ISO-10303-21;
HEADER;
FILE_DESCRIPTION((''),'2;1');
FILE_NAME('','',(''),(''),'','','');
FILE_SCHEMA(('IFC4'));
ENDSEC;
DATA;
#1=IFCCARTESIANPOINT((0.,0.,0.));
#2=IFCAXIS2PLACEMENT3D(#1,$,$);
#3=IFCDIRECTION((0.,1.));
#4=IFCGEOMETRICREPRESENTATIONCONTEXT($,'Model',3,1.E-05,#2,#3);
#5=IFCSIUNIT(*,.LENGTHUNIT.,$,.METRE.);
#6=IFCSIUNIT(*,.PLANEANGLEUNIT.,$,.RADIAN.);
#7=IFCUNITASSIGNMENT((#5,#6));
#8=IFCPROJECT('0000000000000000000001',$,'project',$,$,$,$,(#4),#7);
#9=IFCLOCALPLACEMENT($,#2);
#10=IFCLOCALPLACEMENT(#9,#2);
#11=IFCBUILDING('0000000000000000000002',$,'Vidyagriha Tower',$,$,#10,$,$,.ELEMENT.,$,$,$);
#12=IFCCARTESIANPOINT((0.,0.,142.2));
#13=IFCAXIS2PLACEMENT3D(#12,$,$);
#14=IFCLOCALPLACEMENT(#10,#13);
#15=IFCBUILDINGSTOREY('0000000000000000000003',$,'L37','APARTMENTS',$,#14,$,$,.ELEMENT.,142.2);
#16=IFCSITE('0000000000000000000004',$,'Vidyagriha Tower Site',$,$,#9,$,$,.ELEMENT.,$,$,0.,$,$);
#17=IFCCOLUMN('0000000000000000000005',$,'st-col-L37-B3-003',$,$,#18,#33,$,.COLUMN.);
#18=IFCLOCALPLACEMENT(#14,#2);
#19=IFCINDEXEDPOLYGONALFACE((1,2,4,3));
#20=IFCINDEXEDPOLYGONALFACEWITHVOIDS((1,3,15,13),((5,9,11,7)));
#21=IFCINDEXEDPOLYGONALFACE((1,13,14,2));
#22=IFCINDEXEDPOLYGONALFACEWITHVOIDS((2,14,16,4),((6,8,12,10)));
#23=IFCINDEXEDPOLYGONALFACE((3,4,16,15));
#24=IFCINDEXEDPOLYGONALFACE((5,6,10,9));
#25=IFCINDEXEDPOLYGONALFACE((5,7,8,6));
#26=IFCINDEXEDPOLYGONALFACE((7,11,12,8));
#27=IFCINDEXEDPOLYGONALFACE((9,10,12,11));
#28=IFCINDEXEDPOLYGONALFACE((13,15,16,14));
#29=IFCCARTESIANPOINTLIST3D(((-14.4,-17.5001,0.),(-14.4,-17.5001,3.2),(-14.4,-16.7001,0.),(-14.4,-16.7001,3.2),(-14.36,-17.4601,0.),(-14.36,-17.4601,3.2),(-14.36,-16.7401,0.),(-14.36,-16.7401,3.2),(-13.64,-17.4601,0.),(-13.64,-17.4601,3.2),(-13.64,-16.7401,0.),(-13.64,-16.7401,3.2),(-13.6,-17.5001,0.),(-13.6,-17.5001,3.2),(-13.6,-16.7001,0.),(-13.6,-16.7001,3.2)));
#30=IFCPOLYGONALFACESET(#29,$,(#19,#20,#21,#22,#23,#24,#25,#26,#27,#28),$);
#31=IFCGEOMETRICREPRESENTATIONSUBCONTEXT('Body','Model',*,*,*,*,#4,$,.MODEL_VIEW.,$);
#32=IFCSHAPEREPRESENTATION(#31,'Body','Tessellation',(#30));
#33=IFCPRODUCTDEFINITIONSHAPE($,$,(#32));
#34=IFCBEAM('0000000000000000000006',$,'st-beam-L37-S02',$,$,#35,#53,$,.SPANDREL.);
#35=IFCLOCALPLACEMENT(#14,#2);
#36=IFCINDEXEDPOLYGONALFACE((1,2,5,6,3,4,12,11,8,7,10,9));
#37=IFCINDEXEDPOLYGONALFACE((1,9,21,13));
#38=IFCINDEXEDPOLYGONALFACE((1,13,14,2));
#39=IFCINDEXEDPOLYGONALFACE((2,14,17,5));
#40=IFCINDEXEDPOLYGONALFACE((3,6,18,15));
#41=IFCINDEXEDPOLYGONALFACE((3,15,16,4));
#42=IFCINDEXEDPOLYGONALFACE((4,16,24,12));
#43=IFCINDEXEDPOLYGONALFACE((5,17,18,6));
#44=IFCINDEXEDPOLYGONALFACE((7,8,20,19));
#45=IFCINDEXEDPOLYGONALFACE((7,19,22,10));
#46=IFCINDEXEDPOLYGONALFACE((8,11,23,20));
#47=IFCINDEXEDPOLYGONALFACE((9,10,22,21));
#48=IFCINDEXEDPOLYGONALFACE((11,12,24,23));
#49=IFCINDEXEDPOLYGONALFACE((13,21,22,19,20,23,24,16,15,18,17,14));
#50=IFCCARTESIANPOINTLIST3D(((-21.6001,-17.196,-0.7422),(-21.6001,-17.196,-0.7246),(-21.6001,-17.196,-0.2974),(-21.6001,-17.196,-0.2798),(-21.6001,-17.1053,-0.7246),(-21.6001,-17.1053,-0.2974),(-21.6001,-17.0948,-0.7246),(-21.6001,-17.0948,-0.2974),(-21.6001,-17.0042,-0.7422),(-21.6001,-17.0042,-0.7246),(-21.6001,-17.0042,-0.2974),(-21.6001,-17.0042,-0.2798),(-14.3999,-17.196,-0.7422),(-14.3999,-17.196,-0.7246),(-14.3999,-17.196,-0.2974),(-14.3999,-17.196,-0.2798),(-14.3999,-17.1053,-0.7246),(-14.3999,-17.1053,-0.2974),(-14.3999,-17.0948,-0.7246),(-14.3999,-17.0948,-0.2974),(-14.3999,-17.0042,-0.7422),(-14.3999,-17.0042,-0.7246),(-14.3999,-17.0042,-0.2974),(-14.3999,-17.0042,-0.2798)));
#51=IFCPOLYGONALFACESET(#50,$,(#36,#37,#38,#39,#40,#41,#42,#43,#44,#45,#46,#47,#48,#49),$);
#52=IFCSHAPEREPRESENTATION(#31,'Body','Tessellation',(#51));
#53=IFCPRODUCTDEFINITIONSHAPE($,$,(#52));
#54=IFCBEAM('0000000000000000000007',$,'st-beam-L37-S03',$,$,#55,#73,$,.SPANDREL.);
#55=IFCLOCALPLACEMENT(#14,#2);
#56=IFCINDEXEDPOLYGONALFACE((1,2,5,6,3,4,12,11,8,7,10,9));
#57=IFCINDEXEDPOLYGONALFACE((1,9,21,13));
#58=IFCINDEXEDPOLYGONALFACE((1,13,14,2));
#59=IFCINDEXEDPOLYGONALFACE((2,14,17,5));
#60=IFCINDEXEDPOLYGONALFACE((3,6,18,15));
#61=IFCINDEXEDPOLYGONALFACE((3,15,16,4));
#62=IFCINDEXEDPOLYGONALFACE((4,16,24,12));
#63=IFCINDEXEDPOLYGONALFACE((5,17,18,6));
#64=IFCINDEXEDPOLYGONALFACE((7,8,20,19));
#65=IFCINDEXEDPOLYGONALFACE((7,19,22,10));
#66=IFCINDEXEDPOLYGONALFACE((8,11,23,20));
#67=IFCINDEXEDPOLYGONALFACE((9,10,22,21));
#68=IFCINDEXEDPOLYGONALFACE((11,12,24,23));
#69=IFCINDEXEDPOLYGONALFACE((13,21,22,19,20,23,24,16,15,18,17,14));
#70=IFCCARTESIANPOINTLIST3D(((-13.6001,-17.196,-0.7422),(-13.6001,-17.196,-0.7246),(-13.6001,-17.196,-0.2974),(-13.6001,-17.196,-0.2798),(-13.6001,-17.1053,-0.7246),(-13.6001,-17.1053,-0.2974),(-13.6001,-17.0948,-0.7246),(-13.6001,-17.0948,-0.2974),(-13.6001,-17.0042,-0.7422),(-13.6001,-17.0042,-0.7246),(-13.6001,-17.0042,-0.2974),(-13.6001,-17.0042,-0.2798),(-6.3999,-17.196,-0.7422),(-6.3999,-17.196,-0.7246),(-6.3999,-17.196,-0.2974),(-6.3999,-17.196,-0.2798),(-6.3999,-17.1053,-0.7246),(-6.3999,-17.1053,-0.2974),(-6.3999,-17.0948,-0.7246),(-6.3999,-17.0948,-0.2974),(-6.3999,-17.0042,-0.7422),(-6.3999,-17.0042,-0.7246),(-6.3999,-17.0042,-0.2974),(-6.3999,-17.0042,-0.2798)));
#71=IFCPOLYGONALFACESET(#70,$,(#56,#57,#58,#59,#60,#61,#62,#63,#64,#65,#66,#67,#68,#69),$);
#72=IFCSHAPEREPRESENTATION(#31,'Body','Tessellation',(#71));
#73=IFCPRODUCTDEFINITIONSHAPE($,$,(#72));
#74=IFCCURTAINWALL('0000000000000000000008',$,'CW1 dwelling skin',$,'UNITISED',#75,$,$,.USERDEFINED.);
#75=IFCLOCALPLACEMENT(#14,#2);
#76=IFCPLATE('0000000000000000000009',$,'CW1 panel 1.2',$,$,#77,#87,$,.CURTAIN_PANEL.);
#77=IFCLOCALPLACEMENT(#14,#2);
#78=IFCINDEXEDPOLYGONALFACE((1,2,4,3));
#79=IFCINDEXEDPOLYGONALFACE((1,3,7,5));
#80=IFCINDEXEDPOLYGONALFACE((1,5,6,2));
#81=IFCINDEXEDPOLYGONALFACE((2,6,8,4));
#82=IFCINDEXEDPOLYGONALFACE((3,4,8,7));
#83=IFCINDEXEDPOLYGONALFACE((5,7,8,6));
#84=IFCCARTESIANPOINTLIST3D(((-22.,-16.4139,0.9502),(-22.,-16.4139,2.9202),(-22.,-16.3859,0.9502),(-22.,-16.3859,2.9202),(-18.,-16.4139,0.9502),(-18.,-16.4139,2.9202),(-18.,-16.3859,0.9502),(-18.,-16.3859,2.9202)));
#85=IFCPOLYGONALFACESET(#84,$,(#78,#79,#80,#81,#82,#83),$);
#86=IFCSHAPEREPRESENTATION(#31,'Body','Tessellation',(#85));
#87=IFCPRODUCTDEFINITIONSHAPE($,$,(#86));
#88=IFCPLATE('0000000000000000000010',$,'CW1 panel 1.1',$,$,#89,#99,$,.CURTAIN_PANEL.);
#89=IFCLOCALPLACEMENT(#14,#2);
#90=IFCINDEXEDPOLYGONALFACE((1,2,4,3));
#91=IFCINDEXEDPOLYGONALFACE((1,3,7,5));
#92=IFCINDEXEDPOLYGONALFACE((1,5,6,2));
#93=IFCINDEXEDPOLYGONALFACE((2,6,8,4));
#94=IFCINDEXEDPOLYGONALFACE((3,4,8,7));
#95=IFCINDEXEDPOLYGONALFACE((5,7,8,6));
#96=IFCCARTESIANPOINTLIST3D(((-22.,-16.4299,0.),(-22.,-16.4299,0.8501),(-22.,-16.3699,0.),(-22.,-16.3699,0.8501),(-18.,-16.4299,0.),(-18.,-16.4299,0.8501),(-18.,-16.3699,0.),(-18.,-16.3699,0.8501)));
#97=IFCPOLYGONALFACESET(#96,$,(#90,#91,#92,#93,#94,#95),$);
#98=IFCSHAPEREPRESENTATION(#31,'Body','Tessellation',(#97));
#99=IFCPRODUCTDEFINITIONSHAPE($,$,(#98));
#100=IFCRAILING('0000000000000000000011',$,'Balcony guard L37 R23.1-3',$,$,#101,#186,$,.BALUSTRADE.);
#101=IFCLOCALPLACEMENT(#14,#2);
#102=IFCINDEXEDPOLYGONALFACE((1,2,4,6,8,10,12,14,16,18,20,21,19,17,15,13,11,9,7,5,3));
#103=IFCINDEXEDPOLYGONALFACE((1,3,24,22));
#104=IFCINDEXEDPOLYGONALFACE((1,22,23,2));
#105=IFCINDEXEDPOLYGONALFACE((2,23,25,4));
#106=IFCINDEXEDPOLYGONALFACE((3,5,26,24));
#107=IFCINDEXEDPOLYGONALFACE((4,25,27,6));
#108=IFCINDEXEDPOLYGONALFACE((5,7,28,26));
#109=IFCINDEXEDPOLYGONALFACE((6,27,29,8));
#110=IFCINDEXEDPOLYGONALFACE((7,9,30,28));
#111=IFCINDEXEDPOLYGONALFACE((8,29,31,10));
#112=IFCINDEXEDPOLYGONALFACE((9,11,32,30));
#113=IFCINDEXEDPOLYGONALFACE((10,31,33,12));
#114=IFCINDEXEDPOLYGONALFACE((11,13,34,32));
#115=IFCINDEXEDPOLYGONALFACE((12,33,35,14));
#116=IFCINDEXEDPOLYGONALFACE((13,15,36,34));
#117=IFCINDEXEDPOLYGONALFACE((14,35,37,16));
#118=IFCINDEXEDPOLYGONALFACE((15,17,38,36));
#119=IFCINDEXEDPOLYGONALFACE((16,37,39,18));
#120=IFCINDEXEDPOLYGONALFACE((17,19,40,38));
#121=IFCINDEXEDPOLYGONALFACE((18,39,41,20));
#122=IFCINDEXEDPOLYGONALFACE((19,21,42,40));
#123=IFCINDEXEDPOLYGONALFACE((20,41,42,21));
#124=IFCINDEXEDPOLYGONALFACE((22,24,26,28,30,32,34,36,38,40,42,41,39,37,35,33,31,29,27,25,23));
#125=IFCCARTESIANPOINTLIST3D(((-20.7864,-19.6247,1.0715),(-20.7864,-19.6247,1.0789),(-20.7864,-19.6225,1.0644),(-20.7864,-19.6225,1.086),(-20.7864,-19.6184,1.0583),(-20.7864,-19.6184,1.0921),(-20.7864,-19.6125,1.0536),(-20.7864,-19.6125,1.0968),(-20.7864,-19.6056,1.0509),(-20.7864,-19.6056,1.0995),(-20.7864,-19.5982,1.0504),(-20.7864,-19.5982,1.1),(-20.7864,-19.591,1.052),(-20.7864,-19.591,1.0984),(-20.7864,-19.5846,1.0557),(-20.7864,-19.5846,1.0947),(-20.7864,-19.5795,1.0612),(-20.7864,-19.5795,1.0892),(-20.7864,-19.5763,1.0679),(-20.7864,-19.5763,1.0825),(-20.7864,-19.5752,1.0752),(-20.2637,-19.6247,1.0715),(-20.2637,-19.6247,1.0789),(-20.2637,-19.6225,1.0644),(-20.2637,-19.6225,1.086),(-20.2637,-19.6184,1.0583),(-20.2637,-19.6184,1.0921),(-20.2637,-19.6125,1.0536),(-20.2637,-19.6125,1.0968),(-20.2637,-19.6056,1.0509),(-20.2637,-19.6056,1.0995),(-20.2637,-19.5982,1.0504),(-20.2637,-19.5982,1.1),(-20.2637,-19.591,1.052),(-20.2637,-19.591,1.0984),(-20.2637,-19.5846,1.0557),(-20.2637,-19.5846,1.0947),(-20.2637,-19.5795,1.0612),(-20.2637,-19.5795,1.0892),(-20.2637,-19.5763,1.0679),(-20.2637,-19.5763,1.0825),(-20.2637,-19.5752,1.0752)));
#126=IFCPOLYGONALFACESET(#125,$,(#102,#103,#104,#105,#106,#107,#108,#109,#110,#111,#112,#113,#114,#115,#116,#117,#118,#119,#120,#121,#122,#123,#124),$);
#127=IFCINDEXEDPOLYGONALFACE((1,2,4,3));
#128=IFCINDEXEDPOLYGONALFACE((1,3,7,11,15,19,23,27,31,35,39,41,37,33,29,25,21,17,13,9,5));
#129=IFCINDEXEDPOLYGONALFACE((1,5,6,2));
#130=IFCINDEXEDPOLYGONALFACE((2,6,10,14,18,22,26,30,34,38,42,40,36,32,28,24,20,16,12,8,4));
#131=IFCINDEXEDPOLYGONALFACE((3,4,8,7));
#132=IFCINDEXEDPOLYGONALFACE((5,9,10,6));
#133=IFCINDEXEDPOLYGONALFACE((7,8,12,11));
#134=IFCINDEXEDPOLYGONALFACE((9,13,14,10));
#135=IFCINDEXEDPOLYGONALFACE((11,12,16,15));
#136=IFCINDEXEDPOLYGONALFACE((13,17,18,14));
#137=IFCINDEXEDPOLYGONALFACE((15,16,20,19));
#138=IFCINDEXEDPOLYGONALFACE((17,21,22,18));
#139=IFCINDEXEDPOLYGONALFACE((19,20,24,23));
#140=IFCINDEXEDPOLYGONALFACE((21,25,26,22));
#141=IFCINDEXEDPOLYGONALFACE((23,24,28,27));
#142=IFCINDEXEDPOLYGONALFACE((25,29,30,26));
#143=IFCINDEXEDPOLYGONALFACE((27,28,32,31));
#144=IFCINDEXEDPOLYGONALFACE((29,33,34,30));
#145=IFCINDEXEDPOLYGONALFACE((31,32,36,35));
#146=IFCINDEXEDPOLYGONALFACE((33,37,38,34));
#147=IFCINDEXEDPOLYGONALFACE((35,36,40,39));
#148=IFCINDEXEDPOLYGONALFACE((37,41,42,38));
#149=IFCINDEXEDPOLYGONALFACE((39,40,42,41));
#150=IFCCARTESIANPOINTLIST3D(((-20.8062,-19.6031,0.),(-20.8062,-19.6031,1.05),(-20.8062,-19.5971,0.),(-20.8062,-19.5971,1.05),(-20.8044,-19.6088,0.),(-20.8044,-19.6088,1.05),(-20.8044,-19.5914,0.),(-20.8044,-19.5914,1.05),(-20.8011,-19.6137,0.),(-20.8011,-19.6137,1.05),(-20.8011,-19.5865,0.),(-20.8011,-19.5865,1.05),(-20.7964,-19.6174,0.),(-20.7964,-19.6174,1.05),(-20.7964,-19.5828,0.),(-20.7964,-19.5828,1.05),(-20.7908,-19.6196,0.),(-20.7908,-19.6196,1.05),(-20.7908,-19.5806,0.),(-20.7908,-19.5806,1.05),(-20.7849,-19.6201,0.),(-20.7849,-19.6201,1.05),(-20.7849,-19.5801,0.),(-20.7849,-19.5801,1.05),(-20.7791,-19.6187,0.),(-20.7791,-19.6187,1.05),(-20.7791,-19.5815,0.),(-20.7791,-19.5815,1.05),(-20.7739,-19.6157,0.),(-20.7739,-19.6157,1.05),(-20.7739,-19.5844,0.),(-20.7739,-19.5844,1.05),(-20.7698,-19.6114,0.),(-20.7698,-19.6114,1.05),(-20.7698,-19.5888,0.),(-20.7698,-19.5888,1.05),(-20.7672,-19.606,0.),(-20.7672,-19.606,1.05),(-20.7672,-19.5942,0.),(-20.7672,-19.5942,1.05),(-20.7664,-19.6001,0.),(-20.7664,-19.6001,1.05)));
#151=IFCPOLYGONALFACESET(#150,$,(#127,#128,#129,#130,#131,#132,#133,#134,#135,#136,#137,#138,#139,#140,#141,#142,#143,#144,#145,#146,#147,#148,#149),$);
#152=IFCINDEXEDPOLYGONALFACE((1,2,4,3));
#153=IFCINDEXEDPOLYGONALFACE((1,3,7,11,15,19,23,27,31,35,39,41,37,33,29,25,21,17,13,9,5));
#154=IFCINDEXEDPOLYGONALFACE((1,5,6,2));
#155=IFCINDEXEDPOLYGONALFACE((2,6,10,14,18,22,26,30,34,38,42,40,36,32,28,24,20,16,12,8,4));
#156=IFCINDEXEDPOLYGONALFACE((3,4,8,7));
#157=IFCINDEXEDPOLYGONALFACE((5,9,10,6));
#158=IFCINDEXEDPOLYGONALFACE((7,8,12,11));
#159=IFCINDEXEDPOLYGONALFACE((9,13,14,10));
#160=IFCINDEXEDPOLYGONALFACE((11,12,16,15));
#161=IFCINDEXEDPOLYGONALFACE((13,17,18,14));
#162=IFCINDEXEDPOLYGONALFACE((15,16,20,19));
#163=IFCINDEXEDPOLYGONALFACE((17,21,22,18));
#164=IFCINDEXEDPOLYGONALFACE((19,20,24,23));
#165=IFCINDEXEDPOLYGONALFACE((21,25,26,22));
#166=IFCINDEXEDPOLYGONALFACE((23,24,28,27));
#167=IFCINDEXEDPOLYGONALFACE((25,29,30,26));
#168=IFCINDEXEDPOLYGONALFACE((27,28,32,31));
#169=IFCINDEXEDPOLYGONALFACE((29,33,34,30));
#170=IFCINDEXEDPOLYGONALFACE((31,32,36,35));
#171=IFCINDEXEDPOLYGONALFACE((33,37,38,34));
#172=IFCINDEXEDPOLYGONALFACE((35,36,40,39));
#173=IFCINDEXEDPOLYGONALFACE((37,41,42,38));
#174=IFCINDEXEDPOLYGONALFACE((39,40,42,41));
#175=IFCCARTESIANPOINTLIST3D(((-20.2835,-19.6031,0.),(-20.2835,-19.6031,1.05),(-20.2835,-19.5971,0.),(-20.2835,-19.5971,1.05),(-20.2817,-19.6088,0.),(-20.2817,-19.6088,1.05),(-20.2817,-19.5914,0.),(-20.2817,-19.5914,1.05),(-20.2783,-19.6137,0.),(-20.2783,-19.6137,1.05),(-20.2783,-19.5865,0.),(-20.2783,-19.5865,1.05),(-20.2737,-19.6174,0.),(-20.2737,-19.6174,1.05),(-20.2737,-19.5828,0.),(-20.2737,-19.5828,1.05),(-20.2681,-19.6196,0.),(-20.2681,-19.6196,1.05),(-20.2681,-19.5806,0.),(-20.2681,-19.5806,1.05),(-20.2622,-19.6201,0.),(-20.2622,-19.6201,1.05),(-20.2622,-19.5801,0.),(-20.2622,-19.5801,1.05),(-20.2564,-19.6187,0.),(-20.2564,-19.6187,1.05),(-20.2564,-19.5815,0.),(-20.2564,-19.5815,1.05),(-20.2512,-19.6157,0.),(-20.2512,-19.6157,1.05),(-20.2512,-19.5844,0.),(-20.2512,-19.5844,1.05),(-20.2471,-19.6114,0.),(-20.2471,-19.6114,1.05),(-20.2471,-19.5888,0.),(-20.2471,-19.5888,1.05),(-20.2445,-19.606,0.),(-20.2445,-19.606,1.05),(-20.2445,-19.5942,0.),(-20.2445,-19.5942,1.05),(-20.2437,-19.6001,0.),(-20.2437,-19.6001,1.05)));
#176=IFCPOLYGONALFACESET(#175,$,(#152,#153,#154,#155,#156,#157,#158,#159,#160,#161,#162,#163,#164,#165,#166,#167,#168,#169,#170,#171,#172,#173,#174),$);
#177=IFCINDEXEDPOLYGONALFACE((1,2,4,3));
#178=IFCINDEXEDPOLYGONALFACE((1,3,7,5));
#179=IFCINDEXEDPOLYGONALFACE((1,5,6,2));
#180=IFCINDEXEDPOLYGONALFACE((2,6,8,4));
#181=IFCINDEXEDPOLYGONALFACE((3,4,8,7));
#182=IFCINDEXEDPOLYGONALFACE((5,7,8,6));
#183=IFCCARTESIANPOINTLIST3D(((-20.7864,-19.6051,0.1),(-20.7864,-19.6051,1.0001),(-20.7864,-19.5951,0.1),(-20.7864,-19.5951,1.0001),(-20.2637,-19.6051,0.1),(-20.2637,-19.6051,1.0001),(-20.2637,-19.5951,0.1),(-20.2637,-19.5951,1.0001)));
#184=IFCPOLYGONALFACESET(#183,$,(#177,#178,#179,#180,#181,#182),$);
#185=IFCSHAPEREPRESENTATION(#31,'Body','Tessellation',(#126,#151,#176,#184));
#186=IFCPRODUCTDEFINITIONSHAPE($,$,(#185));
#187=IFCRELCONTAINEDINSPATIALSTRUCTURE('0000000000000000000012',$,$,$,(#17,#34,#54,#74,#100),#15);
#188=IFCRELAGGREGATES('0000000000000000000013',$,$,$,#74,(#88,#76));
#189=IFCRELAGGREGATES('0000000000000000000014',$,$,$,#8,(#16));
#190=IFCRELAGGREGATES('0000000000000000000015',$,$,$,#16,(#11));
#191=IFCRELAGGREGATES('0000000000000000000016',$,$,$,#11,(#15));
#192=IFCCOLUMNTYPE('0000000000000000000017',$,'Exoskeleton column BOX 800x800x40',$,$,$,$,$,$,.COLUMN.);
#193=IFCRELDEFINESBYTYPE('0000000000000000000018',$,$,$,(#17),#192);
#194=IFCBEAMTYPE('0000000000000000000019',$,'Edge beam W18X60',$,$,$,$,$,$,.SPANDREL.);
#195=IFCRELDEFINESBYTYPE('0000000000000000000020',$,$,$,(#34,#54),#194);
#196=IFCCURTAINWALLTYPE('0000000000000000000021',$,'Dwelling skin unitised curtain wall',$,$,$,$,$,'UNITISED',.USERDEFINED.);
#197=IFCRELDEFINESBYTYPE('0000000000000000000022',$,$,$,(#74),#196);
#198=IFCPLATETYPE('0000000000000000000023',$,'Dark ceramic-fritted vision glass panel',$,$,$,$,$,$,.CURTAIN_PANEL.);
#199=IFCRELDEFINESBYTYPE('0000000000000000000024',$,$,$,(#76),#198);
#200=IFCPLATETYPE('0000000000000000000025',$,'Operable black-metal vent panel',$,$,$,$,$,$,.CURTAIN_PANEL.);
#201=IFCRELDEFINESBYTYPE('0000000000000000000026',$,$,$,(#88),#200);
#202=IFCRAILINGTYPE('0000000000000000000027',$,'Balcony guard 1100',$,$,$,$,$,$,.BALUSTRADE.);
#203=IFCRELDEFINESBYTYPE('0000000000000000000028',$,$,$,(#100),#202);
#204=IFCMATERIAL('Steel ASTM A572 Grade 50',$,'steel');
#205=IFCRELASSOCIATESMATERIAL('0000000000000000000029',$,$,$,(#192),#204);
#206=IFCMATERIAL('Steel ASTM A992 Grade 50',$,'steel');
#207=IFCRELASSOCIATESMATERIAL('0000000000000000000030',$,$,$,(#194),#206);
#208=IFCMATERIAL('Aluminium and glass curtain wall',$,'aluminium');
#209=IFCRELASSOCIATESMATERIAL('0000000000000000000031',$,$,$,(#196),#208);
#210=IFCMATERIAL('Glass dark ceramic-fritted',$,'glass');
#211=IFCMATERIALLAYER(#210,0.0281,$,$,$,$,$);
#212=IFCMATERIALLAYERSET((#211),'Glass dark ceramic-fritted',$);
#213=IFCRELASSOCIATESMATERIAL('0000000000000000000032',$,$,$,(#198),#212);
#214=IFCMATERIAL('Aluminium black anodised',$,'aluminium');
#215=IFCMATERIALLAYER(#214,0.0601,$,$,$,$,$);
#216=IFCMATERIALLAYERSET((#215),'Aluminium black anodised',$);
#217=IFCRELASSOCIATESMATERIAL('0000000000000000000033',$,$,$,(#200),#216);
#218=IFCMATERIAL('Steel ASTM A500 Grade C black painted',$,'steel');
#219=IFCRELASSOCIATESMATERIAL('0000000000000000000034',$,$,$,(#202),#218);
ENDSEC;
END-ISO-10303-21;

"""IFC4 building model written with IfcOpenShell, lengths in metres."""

from ifc_helpers import new_model, si_unit, direction, frame, origin, origin_2d, place, context, subcontext, project, spatial, rectangle, hollow_rectangle, circle, i_section, extrude, material, layer, layer_set, material_profile, profile_set, type_object, element, aggregate, save


model = new_model("IFC4")

# Units and contexts
model_context = context("Model", 3, precision=1e-05, world=origin(), true_north=direction((0.0, 1.0)))
body_context = subcontext(model_context, "Body", "Model", "MODEL_VIEW")
ifc_project = project(units=[si_unit("LENGTHUNIT", "METRE"), si_unit("PLANEANGLEUNIT", "RADIAN")], contexts=[model_context])

# Site, building, storey
site_placement = place(None, origin())
site = spatial("IfcSite", under=ifc_project, at=site_placement, Name="Vidyagriha Tower Site", CompositionType="ELEMENT", RefElevation=0.0)
building_placement = place(site_placement, origin())
building = spatial("IfcBuilding", under=site, at=building_placement, Name="Vidyagriha Tower", CompositionType="ELEMENT")
storey_placement = place(building_placement, frame((0.0, 0.0, 142.2)))
storey = spatial("IfcBuildingStorey", under=building, at=storey_placement, Name="L37", Description="APARTMENTS", CompositionType="ELEMENT", Elevation=142.2)

# Column
ifc_material_1 = material(Name="Steel ASTM A572 Grade 50", Category="steel")
ifc_material_profile_1 = material_profile(ifc_material_1, hollow_rectangle(XDim=0.8, YDim=0.8, WallThickness=0.04, at=origin_2d()), Name="BOX 800x800x40")
ifc_profile_set_1 = profile_set([ifc_material_profile_1], Name="Steel ASTM A572 Grade 50")
column_type = type_object("IfcColumnType", Name="Exoskeleton column BOX 800x800x40", PredefinedType="COLUMN", material=ifc_profile_set_1)
column_placement = place(storey_placement, frame((-14.0, -17.1001, 0.0)))
element("IfcColumn", 1, at=column_placement, inside=storey, type_object=column_type, Name="st-col-L37-B3-003", PredefinedType="COLUMN", context=body_context, shape_type="SweptSolid", body=[
    extrude(hollow_rectangle(XDim=0.8, YDim=0.8, WallThickness=0.04, at=origin_2d()), origin(), (0.0, 0.0, 1.0), 3.2),
])

# Beams
ifc_material_2 = material(Name="Steel ASTM A992 Grade 50", Category="steel")
ifc_material_profile_2 = material_profile(ifc_material_2, i_section(OverallWidth=0.1919, OverallDepth=0.4624, WebThickness=0.0105, FlangeThickness=0.0176, at=origin_2d()), Name="W18X60")
ifc_profile_set_2 = profile_set([ifc_material_profile_2], Name="Steel ASTM A992 Grade 50")
beam_type = type_object("IfcBeamType", Name="Edge beam W18X60", PredefinedType="SPANDREL", material=ifc_profile_set_2)
for number, where, z_axis, x_axis, name in (
    (2, (-21.6001, -17.1001, -0.511), (1.0, 0.0, 0.0), (0.0, 1.0, 0.0), "st-beam-L37-S02"),
    (3, (-13.6001, -17.1001, -0.511), (1.0, 0.0, 0.0), (0.0, 1.0, 0.0), "st-beam-L37-S03"),
):
    element("IfcBeam", number, at=place(storey_placement, frame(where, z_axis=z_axis, x_axis=x_axis)), inside=storey, type_object=beam_type, Name=name, PredefinedType="SPANDREL", context=body_context, shape_type="SweptSolid", body=[
        extrude(i_section(OverallWidth=0.1919, OverallDepth=0.4624, WebThickness=0.0105, FlangeThickness=0.0176, at=origin_2d()), origin(), (0.0, 0.0, 1.0), 7.2002),
    ])

# Curtain wall, plates
ifc_material_3 = material(Name="Aluminium and glass curtain wall", Category="aluminium")
curtain_wall_type = type_object("IfcCurtainWallType", Name="Dwelling skin unitised curtain wall", ElementType="UNITISED", PredefinedType="USERDEFINED", material=ifc_material_3)
curtain_wall_placement = place(storey_placement, origin())
curtain_wall = element("IfcCurtainWall", 4, at=curtain_wall_placement, inside=storey, type_object=curtain_wall_type, Name="CW1 dwelling skin", ObjectType="UNITISED", PredefinedType="USERDEFINED")
ifc_material_4 = material(Name="Glass dark ceramic-fritted", Category="glass")
ifc_layer_1 = layer(ifc_material_4, 0.0281)
ifc_layer_set_1 = layer_set([ifc_layer_1], Name="Glass dark ceramic-fritted")
plate_type_1 = type_object("IfcPlateType", Name="Dark ceramic-fritted vision glass panel", PredefinedType="CURTAIN_PANEL", material=ifc_layer_set_1)
plate_1_placement = place(storey_placement, frame((-20.0, -16.3999, 0.9502)))
plate_1 = element("IfcPlate", 5, at=plate_1_placement, type_object=plate_type_1, Name="CW1 panel 1.2", PredefinedType="CURTAIN_PANEL", context=body_context, shape_type="SweptSolid", body=[
    extrude(rectangle(XDim=4.0, YDim=0.0281, at=origin_2d()), origin(), (0.0, 0.0, 1.0), 1.97),
])
ifc_material_5 = material(Name="Aluminium black anodised", Category="aluminium")
ifc_layer_2 = layer(ifc_material_5, 0.0601)
ifc_layer_set_2 = layer_set([ifc_layer_2], Name="Aluminium black anodised")
plate_type_2 = type_object("IfcPlateType", Name="Operable black-metal vent panel", PredefinedType="CURTAIN_PANEL", material=ifc_layer_set_2)
plate_2_placement = place(storey_placement, frame((-20.0, -16.3999, 0.0)))
plate_2 = element("IfcPlate", 6, at=plate_2_placement, type_object=plate_type_2, Name="CW1 panel 1.1", PredefinedType="CURTAIN_PANEL", context=body_context, shape_type="SweptSolid", body=[
    extrude(rectangle(XDim=4.0, YDim=0.0601, at=origin_2d()), origin(), (0.0, 0.0, 1.0), 0.8501),
])
aggregate(curtain_wall, [plate_2, plate_1])

# Railing
ifc_material_6 = material(Name="Steel ASTM A500 Grade C black painted", Category="steel")
railing_type = type_object("IfcRailingType", Name="Balcony guard 1100", PredefinedType="BALUSTRADE", material=ifc_material_6)
railing_1_placement = place(storey_placement, frame((-20.7864, -19.6001, 0.0)))
element("IfcRailing", 7, at=railing_1_placement, inside=storey, type_object=railing_type, Name="Balcony guard L37 R23.1-3", PredefinedType="BALUSTRADE", context=body_context, shape_type="SweptSolid", body=[
    extrude(circle(Radius=0.0249, at=origin_2d()), frame((0.0, 0.0, 1.0752), z_axis=(1.0, 0.0, 0.0), x_axis=(0.0, 1.0, 0.0)), (0.0, 0.0, 1.0), 0.5227),
    extrude(circle(Radius=0.02, at=origin_2d()), origin(), (0.0, 0.0, 1.0), 1.05),
    extrude(circle(Radius=0.02, at=origin_2d()), frame((0.5227, 0.0, 0.0)), (0.0, 0.0, 1.0), 1.05),
    extrude(rectangle(XDim=0.01, YDim=0.9001, at=origin_2d()), frame((0.0, 0.0, 0.55), z_axis=(1.0, 0.0, 0.0), x_axis=(0.0, 1.0, 0.0)), (0.0, 0.0, 1.0), 0.5227),
])

save(model, "model.ifc")
